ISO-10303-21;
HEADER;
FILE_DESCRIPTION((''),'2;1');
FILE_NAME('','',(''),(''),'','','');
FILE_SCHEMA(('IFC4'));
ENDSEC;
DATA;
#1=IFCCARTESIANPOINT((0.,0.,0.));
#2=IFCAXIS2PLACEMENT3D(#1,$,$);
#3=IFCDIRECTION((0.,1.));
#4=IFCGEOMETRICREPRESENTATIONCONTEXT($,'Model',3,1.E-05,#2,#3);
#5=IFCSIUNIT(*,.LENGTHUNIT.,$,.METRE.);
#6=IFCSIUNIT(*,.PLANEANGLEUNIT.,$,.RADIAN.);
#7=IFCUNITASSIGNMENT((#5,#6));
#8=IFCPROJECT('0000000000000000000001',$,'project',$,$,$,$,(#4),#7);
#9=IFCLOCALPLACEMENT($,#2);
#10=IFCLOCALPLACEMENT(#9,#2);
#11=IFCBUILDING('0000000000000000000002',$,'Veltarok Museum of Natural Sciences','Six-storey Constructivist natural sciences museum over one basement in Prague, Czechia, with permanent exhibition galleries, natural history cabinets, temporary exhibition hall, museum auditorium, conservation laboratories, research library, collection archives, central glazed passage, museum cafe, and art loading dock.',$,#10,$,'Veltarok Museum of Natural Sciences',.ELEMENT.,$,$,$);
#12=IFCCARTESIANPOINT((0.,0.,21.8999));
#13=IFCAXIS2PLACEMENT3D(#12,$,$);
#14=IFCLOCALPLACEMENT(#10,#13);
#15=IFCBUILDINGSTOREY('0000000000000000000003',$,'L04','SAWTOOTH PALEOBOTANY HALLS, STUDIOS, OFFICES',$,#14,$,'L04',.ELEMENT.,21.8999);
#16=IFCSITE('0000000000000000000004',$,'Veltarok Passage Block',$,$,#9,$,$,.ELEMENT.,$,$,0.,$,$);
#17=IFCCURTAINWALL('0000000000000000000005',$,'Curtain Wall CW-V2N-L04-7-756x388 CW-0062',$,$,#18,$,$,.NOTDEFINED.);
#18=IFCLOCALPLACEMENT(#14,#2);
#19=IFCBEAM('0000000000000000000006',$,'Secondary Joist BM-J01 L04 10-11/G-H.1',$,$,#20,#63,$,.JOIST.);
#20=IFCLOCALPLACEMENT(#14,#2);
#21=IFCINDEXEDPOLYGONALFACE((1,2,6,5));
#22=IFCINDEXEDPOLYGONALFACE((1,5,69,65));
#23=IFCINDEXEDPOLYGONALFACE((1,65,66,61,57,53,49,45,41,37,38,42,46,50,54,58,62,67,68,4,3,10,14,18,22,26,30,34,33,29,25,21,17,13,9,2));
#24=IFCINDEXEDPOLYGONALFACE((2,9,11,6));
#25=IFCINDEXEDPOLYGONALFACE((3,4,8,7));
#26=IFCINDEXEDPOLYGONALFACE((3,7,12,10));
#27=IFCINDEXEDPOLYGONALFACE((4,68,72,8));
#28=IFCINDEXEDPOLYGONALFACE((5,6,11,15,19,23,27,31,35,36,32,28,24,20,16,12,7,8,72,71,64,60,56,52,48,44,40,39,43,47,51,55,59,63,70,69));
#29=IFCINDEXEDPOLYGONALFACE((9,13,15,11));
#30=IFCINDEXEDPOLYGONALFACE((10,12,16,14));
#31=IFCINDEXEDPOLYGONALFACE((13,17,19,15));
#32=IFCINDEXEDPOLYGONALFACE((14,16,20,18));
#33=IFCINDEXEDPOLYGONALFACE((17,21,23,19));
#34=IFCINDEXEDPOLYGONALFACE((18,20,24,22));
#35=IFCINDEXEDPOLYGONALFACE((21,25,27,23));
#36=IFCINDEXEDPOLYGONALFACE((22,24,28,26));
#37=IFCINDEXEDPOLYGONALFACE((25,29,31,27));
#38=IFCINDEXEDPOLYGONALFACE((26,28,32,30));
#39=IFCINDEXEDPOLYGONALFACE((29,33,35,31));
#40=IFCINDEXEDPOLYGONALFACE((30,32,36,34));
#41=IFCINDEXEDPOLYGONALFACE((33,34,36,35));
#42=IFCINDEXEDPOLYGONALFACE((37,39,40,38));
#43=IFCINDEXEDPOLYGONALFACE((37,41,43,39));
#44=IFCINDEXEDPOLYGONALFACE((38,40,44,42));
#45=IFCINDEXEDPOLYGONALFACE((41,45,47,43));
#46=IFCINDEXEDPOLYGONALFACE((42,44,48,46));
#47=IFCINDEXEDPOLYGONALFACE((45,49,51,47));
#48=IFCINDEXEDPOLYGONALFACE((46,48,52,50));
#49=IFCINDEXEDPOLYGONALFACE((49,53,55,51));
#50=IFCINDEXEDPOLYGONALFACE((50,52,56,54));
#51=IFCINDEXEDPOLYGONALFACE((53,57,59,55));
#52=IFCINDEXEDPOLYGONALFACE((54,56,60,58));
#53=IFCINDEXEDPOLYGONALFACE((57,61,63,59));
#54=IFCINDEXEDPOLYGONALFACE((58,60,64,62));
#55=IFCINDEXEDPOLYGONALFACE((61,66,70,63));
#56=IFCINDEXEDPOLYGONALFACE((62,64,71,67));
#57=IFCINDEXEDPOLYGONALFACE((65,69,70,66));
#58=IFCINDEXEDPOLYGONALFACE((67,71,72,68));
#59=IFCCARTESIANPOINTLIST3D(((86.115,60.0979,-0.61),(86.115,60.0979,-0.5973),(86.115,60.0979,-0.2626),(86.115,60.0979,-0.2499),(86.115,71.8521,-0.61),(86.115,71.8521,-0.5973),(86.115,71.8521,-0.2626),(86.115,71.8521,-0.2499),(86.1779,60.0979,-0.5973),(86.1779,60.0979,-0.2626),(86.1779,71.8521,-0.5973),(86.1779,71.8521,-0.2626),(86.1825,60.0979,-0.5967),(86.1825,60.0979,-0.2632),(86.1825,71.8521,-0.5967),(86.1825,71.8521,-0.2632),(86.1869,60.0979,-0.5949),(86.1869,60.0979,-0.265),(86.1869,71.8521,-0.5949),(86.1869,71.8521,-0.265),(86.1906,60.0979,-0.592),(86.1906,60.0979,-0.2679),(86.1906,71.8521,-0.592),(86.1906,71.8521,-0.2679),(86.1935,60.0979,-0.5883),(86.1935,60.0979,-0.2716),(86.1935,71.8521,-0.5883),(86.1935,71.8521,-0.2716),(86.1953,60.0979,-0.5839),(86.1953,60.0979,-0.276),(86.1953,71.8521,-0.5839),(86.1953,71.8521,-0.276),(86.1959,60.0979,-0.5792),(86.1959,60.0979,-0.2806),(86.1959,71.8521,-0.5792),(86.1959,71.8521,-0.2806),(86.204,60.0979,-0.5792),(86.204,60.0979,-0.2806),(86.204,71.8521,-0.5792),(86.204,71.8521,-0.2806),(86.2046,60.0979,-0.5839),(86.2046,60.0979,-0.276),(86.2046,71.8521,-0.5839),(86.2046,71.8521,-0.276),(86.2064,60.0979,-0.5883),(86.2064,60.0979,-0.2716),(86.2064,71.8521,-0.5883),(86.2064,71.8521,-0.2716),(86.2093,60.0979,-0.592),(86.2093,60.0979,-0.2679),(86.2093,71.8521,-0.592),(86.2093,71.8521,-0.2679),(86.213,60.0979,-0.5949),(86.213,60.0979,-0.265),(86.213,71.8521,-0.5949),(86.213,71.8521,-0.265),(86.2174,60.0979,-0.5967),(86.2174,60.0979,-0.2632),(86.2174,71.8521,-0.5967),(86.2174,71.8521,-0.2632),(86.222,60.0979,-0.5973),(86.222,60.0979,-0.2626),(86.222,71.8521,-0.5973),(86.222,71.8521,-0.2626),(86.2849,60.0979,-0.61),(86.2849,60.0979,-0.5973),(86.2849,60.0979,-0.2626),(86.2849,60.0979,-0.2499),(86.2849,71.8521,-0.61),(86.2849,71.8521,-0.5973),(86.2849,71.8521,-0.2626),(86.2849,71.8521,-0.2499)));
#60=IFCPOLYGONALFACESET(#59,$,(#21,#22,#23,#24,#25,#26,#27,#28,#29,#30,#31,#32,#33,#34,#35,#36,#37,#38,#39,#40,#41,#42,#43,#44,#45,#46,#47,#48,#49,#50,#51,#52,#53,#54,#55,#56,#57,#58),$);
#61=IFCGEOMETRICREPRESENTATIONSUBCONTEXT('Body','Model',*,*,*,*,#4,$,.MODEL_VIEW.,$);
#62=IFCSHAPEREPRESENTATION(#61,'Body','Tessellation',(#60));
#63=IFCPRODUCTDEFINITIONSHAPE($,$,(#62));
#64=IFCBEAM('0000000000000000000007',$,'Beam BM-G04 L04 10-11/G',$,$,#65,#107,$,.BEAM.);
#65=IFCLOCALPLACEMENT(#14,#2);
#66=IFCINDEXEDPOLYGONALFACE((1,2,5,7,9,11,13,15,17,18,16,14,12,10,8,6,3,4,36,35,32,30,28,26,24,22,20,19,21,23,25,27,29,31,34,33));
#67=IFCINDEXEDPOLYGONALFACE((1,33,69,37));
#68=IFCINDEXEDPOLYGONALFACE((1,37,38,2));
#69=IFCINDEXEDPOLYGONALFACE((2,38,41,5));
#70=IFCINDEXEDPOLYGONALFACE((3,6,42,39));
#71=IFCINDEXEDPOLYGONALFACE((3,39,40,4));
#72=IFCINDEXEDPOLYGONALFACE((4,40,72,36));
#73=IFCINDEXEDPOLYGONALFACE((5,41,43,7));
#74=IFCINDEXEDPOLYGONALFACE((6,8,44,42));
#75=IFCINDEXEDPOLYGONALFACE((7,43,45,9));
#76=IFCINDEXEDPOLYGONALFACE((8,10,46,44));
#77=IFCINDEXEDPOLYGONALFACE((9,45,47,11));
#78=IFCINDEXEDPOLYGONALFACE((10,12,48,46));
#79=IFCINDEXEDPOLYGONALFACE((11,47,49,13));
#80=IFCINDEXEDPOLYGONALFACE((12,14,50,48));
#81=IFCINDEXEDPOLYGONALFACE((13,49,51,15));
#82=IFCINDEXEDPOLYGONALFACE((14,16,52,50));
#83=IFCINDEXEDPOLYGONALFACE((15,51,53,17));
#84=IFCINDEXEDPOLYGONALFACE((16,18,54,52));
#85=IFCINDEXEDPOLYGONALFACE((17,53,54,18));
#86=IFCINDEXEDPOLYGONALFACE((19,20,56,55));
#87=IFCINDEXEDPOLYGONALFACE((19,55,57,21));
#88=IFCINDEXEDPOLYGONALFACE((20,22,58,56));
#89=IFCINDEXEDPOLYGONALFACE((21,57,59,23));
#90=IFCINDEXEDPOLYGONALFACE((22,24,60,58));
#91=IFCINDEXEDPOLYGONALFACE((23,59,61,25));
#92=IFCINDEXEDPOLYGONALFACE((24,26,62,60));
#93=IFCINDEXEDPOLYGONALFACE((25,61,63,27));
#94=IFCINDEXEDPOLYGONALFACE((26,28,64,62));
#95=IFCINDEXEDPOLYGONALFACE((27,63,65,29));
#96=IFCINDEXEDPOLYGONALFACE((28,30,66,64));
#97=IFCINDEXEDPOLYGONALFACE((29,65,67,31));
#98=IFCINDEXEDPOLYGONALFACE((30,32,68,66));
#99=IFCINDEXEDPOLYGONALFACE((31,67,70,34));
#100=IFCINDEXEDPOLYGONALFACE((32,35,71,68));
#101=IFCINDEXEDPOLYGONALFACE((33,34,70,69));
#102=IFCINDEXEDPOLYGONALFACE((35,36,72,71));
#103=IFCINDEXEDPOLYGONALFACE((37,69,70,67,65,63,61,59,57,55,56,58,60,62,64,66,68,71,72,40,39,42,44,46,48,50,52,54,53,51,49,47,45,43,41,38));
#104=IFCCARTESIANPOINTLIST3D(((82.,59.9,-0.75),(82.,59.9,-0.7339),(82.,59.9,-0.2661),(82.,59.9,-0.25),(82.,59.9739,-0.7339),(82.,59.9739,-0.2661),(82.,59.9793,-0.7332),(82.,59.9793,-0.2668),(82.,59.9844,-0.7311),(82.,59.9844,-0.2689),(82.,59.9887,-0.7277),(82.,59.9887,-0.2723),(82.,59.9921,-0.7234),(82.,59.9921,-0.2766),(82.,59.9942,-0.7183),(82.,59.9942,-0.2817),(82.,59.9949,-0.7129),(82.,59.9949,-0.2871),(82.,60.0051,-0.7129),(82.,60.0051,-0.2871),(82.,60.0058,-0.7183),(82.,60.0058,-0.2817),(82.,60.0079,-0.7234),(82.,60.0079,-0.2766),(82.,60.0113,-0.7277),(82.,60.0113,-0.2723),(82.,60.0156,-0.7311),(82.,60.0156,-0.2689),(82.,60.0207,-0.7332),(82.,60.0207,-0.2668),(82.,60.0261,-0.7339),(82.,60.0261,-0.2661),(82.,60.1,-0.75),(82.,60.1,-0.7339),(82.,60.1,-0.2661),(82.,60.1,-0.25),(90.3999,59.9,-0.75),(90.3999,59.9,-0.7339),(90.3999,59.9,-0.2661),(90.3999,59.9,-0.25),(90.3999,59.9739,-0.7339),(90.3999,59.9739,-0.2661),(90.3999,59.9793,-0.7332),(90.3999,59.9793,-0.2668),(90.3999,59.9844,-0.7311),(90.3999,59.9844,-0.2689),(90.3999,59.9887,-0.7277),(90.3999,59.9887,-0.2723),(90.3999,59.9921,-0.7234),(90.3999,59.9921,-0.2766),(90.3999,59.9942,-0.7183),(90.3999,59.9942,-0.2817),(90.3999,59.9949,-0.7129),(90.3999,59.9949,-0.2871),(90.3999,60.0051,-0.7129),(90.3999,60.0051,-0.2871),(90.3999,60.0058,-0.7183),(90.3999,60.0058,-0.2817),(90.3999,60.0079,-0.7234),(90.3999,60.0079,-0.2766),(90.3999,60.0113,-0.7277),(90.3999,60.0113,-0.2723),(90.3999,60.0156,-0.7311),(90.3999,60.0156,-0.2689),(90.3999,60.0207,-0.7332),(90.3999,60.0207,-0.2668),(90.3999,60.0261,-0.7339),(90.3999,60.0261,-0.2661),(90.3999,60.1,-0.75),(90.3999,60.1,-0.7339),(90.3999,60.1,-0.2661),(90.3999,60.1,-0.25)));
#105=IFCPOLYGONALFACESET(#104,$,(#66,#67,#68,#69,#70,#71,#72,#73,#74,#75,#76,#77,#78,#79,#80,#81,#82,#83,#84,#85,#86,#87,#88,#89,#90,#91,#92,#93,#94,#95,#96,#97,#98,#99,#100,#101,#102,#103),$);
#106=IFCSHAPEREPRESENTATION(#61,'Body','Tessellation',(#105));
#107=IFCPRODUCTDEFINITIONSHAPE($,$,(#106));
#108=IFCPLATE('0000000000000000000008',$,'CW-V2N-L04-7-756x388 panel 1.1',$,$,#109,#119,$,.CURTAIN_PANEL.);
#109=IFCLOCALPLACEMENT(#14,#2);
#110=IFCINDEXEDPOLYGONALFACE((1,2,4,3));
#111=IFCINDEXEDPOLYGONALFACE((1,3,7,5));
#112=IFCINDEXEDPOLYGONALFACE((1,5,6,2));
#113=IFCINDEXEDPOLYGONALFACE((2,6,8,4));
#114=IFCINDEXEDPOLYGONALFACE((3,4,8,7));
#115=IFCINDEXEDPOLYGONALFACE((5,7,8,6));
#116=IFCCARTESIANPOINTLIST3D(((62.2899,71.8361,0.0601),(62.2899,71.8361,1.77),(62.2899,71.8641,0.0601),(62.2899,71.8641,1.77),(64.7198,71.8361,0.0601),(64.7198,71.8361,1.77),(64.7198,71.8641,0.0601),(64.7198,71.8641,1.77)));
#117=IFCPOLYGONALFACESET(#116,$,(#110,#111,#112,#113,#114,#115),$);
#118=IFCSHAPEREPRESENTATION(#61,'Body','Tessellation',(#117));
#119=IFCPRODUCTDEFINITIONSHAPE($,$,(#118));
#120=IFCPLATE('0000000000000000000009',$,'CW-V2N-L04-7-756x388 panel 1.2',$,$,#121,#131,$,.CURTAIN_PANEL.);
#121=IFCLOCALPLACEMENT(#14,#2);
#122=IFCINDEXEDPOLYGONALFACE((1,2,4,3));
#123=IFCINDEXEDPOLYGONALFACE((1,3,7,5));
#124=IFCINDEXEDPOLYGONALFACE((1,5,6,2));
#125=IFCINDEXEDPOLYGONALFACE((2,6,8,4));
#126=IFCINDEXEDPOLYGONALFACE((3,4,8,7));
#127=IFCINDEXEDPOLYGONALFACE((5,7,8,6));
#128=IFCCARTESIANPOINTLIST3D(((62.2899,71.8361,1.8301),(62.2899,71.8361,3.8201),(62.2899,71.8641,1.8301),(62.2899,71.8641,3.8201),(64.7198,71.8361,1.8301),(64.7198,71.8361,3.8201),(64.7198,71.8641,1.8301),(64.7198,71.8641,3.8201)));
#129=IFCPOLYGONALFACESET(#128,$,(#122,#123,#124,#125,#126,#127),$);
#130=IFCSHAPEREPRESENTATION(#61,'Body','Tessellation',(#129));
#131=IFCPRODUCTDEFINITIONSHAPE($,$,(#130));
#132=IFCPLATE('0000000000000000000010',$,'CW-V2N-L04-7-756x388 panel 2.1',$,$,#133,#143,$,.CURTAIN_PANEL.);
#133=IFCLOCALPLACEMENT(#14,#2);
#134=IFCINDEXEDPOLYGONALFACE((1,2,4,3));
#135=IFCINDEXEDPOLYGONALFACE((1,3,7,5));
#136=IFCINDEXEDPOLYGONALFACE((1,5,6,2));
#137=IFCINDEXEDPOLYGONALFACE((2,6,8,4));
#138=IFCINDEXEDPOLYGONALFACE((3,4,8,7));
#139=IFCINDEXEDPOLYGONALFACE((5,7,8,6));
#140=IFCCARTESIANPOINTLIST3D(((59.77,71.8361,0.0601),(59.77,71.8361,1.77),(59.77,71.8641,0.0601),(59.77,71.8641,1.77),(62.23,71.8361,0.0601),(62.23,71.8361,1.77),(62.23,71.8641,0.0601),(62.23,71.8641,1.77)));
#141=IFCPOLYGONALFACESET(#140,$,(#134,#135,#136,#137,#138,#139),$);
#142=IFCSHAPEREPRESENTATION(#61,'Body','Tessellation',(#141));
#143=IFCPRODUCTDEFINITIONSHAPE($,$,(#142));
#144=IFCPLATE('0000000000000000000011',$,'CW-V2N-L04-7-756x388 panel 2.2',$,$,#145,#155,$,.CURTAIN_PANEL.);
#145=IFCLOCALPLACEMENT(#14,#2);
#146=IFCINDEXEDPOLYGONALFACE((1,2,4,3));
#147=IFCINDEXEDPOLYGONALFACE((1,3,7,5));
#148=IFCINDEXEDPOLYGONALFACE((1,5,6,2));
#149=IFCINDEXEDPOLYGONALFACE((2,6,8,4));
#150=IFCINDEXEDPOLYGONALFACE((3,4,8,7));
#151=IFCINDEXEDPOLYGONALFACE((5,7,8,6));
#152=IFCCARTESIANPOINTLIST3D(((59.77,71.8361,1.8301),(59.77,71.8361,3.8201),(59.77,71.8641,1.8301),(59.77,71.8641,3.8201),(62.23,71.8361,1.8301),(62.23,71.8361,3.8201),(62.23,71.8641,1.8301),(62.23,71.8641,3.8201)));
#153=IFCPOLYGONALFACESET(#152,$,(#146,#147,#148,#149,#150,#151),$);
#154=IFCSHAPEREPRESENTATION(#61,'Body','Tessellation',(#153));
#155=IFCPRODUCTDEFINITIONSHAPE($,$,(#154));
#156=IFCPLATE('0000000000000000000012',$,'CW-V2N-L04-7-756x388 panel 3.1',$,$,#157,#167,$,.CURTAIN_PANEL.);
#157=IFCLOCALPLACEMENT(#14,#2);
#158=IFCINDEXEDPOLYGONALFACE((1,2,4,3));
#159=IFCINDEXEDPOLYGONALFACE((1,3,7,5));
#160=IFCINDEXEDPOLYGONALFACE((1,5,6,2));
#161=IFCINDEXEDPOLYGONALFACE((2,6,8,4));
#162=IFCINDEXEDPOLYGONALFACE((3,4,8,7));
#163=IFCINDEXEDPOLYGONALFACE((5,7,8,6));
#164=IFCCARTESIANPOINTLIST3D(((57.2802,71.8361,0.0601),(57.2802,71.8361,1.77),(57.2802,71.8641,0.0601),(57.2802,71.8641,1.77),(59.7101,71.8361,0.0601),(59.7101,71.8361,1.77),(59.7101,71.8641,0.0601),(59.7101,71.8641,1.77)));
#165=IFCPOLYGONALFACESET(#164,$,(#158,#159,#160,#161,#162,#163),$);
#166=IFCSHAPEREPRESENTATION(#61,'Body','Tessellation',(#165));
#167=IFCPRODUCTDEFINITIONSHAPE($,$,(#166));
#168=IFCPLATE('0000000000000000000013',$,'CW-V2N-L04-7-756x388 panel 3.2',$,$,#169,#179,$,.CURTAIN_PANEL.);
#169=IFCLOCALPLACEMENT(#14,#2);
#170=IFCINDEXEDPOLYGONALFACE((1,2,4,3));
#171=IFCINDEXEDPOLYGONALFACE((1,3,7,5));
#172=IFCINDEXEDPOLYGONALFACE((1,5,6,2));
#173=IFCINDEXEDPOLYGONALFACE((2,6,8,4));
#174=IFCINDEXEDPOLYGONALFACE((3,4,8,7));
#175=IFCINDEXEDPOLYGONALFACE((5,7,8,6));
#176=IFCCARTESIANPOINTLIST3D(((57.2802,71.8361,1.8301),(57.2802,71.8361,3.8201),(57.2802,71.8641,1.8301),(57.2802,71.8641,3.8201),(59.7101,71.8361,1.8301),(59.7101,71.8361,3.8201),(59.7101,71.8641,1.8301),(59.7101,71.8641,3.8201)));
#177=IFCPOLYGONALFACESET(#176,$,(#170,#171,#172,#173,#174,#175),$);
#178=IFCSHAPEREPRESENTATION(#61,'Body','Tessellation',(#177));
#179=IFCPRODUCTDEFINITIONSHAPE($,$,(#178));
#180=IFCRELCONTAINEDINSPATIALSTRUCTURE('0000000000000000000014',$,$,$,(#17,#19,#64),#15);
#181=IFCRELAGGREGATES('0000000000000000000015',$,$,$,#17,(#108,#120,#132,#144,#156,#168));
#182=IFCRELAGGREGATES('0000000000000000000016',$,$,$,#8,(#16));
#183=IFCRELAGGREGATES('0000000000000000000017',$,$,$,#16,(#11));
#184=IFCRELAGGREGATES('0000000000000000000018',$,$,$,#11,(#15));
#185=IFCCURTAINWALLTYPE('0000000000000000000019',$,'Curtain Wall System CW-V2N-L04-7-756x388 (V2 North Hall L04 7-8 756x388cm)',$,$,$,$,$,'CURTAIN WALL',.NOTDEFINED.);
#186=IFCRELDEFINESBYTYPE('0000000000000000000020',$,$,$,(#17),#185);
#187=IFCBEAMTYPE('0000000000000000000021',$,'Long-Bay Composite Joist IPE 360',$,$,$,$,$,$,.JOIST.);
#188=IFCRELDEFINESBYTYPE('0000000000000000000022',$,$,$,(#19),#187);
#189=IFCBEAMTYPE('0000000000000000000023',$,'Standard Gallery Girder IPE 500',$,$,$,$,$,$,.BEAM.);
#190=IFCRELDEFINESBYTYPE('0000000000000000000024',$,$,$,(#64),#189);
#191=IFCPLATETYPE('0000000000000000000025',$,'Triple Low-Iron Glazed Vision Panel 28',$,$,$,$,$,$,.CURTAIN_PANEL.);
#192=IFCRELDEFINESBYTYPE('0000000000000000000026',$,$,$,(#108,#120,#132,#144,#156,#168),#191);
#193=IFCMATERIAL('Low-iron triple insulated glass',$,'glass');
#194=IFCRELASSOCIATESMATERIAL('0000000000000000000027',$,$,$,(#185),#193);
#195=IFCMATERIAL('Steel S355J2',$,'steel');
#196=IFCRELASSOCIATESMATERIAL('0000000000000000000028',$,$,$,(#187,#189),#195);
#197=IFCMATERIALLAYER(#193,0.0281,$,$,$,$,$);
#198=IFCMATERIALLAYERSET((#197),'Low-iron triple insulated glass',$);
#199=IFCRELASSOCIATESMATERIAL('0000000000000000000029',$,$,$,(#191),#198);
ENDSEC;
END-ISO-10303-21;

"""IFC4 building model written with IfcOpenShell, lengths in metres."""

from ifc_helpers import new_model, si_unit, direction, frame, origin, origin_2d, place, context, subcontext, project, spatial, rectangle, i_section, extrude, material, layer, layer_set, material_profile, profile_set, type_object, element, aggregate, save


model = new_model("IFC4")

# Units and contexts
model_context = context("Model", 3, precision=1e-05, world=origin(), true_north=direction((0.0, 1.0)))
body_context = subcontext(model_context, "Body", "Model", "MODEL_VIEW")
ifc_project = project(units=[si_unit("LENGTHUNIT", "METRE"), si_unit("PLANEANGLEUNIT", "RADIAN")], contexts=[model_context])

# Site, building, storey
site_placement = place(None, origin())
site = spatial("IfcSite", under=ifc_project, at=site_placement, Name="Veltarok Passage Block", CompositionType="ELEMENT", RefElevation=0.0)
building_placement = place(site_placement, origin())
building = spatial("IfcBuilding", under=site, at=building_placement, Name="Veltarok Museum of Natural Sciences", Description="Six-storey Constructivist natural sciences museum over one basement in Prague, Czechia, with permanent exhibition galleries, natural history cabinets, temporary exhibition hall, museum auditorium, conservation laboratories, research library, collection archives, central glazed passage, museum cafe, and art loading dock.", LongName="Veltarok Museum of Natural Sciences", CompositionType="ELEMENT")
storey_placement = place(building_placement, frame((0.0, 0.0, 21.8999)))
storey = spatial("IfcBuildingStorey", under=building, at=storey_placement, Name="L04", Description="SAWTOOTH PALEOBOTANY HALLS, STUDIOS, OFFICES", LongName="L04", CompositionType="ELEMENT", Elevation=21.8999)

# Shared definitions
ifc_material_1 = material(Name="Steel S355J2", Category="steel")

# Curtain wall
ifc_material_2 = material(Name="Low-iron triple insulated glass", Category="glass")
curtain_wall_type_1 = type_object("IfcCurtainWallType", Name="Curtain Wall System CW-V2N-L04-7-756x388 (V2 North Hall L04 7-8 756x388cm)", ElementType="CURTAIN WALL", PredefinedType="NOTDEFINED", material=ifc_material_2)
curtain_wall_1_placement = place(storey_placement, origin())
curtain_wall_1 = element("IfcCurtainWall", 1, at=curtain_wall_1_placement, inside=storey, type_object=curtain_wall_type_1, Name="Curtain Wall CW-V2N-L04-7-756x388 CW-0062", PredefinedType="NOTDEFINED")

# Beams
ifc_material_profile_1 = material_profile(ifc_material_1, i_section(OverallWidth=0.1699, OverallDepth=0.3601, WebThickness=0.0081, FlangeThickness=0.0127, FilletRadius=0.0181, at=origin_2d()), Name="IPE 360")
ifc_profile_set_1 = profile_set([ifc_material_profile_1], Name="Steel S355J2")
beam_type_1 = type_object("IfcBeamType", Name="Long-Bay Composite Joist IPE 360", PredefinedType="JOIST", material=ifc_profile_set_1)
for number, where, z_axis, x_axis, name in (
    (2, (86.2, 60.0979, -0.4299), (0.0, 1.0, 0.0), (-1.0, 0.0, 0.0), "Secondary Joist BM-J01 L04 10-11/G-H.1"),
):
    element("IfcBeam", number, at=place(storey_placement, frame(where, z_axis=z_axis, x_axis=x_axis)), inside=storey, type_object=beam_type_1, Name=name, PredefinedType="JOIST", context=body_context, shape_type="SweptSolid", body=[
        extrude(i_section(OverallWidth=0.1699, OverallDepth=0.3601, WebThickness=0.0081, FlangeThickness=0.0127, FilletRadius=0.0181, at=origin_2d()), origin(), (0.0, 0.0, 1.0), 11.7542),
    ])
ifc_material_profile_2 = material_profile(ifc_material_1, i_section(OverallWidth=0.2, OverallDepth=0.5, WebThickness=0.0103, FlangeThickness=0.0161, FilletRadius=0.021, at=origin_2d()), Name="IPE 500")
ifc_profile_set_2 = profile_set([ifc_material_profile_2], Name="Steel S355J2")
beam_type_2 = type_object("IfcBeamType", Name="Standard Gallery Girder IPE 500", PredefinedType="BEAM", material=ifc_profile_set_2)
beam_placement = place(storey_placement, frame((82.0, 60.0, -0.5), z_axis=(1.0, 0.0, 0.0), x_axis=(0.0, 1.0, 0.0)))
element("IfcBeam", 3, at=beam_placement, inside=storey, type_object=beam_type_2, Name="Beam BM-G04 L04 10-11/G", PredefinedType="BEAM", context=body_context, shape_type="SweptSolid", body=[
    extrude(i_section(OverallWidth=0.2, OverallDepth=0.5, WebThickness=0.0103, FlangeThickness=0.0161, FilletRadius=0.021, at=origin_2d()), origin(), (0.0, 0.0, 1.0), 8.3999),
])

# Plates
ifc_layer = layer(ifc_material_2, 0.0281)
ifc_layer_set = layer_set([ifc_layer], Name="Low-iron triple insulated glass")
plate_type = type_object("IfcPlateType", Name="Triple Low-Iron Glazed Vision Panel 28", PredefinedType="CURTAIN_PANEL", material=ifc_layer_set)
plate_1_placement = place(storey_placement, frame((63.5049, 71.8501, 0.0601), z_axis=(0.0, 0.0, 1.0), x_axis=(-1.0, 0.0, 0.0)))
plate_1 = element("IfcPlate", 4, at=plate_1_placement, type_object=plate_type, Name="CW-V2N-L04-7-756x388 panel 1.1", PredefinedType="CURTAIN_PANEL", context=body_context, shape_type="SweptSolid", body=[
    extrude(rectangle(XDim=2.4299, YDim=0.0281, at=origin_2d()), origin(), (0.0, 0.0, 1.0), 1.71),
])
plate_2_placement = place(storey_placement, frame((63.5049, 71.8501, 1.8301), z_axis=(0.0, 0.0, 1.0), x_axis=(-1.0, 0.0, 0.0)))
plate_2 = element("IfcPlate", 5, at=plate_2_placement, type_object=plate_type, Name="CW-V2N-L04-7-756x388 panel 1.2", PredefinedType="CURTAIN_PANEL", context=body_context, shape_type="SweptSolid", body=[
    extrude(rectangle(XDim=2.4299, YDim=0.0281, at=origin_2d()), origin(), (0.0, 0.0, 1.0), 1.99),
])
plate_3_placement = place(storey_placement, frame((61.0, 71.8501, 0.0601), z_axis=(0.0, 0.0, 1.0), x_axis=(-1.0, 0.0, 0.0)))
plate_3 = element("IfcPlate", 6, at=plate_3_placement, type_object=plate_type, Name="CW-V2N-L04-7-756x388 panel 2.1", PredefinedType="CURTAIN_PANEL", context=body_context, shape_type="SweptSolid", body=[
    extrude(rectangle(XDim=2.46, YDim=0.0281, at=origin_2d()), origin(), (0.0, 0.0, 1.0), 1.71),
])
plate_4_placement = place(storey_placement, frame((61.0, 71.8501, 1.8301), z_axis=(0.0, 0.0, 1.0), x_axis=(-1.0, 0.0, 0.0)))
plate_4 = element("IfcPlate", 7, at=plate_4_placement, type_object=plate_type, Name="CW-V2N-L04-7-756x388 panel 2.2", PredefinedType="CURTAIN_PANEL", context=body_context, shape_type="SweptSolid", body=[
    extrude(rectangle(XDim=2.46, YDim=0.0281, at=origin_2d()), origin(), (0.0, 0.0, 1.0), 1.99),
])
plate_5_placement = place(storey_placement, frame((58.4951, 71.8501, 0.0601), z_axis=(0.0, 0.0, 1.0), x_axis=(-1.0, 0.0, 0.0)))
plate_5 = element("IfcPlate", 8, at=plate_5_placement, type_object=plate_type, Name="CW-V2N-L04-7-756x388 panel 3.1", PredefinedType="CURTAIN_PANEL", context=body_context, shape_type="SweptSolid", body=[
    extrude(rectangle(XDim=2.4299, YDim=0.0281, at=origin_2d()), origin(), (0.0, 0.0, 1.0), 1.71),
])
plate_6_placement = place(storey_placement, frame((58.4951, 71.8501, 1.8301), z_axis=(0.0, 0.0, 1.0), x_axis=(-1.0, 0.0, 0.0)))
plate_6 = element("IfcPlate", 9, at=plate_6_placement, type_object=plate_type, Name="CW-V2N-L04-7-756x388 panel 3.2", PredefinedType="CURTAIN_PANEL", context=body_context, shape_type="SweptSolid", body=[
    extrude(rectangle(XDim=2.4299, YDim=0.0281, at=origin_2d()), origin(), (0.0, 0.0, 1.0), 1.99),
])
aggregate(curtain_wall_1, [plate_1, plate_2, plate_3, plate_4, plate_5, plate_6])

save(model, "model.ifc")
